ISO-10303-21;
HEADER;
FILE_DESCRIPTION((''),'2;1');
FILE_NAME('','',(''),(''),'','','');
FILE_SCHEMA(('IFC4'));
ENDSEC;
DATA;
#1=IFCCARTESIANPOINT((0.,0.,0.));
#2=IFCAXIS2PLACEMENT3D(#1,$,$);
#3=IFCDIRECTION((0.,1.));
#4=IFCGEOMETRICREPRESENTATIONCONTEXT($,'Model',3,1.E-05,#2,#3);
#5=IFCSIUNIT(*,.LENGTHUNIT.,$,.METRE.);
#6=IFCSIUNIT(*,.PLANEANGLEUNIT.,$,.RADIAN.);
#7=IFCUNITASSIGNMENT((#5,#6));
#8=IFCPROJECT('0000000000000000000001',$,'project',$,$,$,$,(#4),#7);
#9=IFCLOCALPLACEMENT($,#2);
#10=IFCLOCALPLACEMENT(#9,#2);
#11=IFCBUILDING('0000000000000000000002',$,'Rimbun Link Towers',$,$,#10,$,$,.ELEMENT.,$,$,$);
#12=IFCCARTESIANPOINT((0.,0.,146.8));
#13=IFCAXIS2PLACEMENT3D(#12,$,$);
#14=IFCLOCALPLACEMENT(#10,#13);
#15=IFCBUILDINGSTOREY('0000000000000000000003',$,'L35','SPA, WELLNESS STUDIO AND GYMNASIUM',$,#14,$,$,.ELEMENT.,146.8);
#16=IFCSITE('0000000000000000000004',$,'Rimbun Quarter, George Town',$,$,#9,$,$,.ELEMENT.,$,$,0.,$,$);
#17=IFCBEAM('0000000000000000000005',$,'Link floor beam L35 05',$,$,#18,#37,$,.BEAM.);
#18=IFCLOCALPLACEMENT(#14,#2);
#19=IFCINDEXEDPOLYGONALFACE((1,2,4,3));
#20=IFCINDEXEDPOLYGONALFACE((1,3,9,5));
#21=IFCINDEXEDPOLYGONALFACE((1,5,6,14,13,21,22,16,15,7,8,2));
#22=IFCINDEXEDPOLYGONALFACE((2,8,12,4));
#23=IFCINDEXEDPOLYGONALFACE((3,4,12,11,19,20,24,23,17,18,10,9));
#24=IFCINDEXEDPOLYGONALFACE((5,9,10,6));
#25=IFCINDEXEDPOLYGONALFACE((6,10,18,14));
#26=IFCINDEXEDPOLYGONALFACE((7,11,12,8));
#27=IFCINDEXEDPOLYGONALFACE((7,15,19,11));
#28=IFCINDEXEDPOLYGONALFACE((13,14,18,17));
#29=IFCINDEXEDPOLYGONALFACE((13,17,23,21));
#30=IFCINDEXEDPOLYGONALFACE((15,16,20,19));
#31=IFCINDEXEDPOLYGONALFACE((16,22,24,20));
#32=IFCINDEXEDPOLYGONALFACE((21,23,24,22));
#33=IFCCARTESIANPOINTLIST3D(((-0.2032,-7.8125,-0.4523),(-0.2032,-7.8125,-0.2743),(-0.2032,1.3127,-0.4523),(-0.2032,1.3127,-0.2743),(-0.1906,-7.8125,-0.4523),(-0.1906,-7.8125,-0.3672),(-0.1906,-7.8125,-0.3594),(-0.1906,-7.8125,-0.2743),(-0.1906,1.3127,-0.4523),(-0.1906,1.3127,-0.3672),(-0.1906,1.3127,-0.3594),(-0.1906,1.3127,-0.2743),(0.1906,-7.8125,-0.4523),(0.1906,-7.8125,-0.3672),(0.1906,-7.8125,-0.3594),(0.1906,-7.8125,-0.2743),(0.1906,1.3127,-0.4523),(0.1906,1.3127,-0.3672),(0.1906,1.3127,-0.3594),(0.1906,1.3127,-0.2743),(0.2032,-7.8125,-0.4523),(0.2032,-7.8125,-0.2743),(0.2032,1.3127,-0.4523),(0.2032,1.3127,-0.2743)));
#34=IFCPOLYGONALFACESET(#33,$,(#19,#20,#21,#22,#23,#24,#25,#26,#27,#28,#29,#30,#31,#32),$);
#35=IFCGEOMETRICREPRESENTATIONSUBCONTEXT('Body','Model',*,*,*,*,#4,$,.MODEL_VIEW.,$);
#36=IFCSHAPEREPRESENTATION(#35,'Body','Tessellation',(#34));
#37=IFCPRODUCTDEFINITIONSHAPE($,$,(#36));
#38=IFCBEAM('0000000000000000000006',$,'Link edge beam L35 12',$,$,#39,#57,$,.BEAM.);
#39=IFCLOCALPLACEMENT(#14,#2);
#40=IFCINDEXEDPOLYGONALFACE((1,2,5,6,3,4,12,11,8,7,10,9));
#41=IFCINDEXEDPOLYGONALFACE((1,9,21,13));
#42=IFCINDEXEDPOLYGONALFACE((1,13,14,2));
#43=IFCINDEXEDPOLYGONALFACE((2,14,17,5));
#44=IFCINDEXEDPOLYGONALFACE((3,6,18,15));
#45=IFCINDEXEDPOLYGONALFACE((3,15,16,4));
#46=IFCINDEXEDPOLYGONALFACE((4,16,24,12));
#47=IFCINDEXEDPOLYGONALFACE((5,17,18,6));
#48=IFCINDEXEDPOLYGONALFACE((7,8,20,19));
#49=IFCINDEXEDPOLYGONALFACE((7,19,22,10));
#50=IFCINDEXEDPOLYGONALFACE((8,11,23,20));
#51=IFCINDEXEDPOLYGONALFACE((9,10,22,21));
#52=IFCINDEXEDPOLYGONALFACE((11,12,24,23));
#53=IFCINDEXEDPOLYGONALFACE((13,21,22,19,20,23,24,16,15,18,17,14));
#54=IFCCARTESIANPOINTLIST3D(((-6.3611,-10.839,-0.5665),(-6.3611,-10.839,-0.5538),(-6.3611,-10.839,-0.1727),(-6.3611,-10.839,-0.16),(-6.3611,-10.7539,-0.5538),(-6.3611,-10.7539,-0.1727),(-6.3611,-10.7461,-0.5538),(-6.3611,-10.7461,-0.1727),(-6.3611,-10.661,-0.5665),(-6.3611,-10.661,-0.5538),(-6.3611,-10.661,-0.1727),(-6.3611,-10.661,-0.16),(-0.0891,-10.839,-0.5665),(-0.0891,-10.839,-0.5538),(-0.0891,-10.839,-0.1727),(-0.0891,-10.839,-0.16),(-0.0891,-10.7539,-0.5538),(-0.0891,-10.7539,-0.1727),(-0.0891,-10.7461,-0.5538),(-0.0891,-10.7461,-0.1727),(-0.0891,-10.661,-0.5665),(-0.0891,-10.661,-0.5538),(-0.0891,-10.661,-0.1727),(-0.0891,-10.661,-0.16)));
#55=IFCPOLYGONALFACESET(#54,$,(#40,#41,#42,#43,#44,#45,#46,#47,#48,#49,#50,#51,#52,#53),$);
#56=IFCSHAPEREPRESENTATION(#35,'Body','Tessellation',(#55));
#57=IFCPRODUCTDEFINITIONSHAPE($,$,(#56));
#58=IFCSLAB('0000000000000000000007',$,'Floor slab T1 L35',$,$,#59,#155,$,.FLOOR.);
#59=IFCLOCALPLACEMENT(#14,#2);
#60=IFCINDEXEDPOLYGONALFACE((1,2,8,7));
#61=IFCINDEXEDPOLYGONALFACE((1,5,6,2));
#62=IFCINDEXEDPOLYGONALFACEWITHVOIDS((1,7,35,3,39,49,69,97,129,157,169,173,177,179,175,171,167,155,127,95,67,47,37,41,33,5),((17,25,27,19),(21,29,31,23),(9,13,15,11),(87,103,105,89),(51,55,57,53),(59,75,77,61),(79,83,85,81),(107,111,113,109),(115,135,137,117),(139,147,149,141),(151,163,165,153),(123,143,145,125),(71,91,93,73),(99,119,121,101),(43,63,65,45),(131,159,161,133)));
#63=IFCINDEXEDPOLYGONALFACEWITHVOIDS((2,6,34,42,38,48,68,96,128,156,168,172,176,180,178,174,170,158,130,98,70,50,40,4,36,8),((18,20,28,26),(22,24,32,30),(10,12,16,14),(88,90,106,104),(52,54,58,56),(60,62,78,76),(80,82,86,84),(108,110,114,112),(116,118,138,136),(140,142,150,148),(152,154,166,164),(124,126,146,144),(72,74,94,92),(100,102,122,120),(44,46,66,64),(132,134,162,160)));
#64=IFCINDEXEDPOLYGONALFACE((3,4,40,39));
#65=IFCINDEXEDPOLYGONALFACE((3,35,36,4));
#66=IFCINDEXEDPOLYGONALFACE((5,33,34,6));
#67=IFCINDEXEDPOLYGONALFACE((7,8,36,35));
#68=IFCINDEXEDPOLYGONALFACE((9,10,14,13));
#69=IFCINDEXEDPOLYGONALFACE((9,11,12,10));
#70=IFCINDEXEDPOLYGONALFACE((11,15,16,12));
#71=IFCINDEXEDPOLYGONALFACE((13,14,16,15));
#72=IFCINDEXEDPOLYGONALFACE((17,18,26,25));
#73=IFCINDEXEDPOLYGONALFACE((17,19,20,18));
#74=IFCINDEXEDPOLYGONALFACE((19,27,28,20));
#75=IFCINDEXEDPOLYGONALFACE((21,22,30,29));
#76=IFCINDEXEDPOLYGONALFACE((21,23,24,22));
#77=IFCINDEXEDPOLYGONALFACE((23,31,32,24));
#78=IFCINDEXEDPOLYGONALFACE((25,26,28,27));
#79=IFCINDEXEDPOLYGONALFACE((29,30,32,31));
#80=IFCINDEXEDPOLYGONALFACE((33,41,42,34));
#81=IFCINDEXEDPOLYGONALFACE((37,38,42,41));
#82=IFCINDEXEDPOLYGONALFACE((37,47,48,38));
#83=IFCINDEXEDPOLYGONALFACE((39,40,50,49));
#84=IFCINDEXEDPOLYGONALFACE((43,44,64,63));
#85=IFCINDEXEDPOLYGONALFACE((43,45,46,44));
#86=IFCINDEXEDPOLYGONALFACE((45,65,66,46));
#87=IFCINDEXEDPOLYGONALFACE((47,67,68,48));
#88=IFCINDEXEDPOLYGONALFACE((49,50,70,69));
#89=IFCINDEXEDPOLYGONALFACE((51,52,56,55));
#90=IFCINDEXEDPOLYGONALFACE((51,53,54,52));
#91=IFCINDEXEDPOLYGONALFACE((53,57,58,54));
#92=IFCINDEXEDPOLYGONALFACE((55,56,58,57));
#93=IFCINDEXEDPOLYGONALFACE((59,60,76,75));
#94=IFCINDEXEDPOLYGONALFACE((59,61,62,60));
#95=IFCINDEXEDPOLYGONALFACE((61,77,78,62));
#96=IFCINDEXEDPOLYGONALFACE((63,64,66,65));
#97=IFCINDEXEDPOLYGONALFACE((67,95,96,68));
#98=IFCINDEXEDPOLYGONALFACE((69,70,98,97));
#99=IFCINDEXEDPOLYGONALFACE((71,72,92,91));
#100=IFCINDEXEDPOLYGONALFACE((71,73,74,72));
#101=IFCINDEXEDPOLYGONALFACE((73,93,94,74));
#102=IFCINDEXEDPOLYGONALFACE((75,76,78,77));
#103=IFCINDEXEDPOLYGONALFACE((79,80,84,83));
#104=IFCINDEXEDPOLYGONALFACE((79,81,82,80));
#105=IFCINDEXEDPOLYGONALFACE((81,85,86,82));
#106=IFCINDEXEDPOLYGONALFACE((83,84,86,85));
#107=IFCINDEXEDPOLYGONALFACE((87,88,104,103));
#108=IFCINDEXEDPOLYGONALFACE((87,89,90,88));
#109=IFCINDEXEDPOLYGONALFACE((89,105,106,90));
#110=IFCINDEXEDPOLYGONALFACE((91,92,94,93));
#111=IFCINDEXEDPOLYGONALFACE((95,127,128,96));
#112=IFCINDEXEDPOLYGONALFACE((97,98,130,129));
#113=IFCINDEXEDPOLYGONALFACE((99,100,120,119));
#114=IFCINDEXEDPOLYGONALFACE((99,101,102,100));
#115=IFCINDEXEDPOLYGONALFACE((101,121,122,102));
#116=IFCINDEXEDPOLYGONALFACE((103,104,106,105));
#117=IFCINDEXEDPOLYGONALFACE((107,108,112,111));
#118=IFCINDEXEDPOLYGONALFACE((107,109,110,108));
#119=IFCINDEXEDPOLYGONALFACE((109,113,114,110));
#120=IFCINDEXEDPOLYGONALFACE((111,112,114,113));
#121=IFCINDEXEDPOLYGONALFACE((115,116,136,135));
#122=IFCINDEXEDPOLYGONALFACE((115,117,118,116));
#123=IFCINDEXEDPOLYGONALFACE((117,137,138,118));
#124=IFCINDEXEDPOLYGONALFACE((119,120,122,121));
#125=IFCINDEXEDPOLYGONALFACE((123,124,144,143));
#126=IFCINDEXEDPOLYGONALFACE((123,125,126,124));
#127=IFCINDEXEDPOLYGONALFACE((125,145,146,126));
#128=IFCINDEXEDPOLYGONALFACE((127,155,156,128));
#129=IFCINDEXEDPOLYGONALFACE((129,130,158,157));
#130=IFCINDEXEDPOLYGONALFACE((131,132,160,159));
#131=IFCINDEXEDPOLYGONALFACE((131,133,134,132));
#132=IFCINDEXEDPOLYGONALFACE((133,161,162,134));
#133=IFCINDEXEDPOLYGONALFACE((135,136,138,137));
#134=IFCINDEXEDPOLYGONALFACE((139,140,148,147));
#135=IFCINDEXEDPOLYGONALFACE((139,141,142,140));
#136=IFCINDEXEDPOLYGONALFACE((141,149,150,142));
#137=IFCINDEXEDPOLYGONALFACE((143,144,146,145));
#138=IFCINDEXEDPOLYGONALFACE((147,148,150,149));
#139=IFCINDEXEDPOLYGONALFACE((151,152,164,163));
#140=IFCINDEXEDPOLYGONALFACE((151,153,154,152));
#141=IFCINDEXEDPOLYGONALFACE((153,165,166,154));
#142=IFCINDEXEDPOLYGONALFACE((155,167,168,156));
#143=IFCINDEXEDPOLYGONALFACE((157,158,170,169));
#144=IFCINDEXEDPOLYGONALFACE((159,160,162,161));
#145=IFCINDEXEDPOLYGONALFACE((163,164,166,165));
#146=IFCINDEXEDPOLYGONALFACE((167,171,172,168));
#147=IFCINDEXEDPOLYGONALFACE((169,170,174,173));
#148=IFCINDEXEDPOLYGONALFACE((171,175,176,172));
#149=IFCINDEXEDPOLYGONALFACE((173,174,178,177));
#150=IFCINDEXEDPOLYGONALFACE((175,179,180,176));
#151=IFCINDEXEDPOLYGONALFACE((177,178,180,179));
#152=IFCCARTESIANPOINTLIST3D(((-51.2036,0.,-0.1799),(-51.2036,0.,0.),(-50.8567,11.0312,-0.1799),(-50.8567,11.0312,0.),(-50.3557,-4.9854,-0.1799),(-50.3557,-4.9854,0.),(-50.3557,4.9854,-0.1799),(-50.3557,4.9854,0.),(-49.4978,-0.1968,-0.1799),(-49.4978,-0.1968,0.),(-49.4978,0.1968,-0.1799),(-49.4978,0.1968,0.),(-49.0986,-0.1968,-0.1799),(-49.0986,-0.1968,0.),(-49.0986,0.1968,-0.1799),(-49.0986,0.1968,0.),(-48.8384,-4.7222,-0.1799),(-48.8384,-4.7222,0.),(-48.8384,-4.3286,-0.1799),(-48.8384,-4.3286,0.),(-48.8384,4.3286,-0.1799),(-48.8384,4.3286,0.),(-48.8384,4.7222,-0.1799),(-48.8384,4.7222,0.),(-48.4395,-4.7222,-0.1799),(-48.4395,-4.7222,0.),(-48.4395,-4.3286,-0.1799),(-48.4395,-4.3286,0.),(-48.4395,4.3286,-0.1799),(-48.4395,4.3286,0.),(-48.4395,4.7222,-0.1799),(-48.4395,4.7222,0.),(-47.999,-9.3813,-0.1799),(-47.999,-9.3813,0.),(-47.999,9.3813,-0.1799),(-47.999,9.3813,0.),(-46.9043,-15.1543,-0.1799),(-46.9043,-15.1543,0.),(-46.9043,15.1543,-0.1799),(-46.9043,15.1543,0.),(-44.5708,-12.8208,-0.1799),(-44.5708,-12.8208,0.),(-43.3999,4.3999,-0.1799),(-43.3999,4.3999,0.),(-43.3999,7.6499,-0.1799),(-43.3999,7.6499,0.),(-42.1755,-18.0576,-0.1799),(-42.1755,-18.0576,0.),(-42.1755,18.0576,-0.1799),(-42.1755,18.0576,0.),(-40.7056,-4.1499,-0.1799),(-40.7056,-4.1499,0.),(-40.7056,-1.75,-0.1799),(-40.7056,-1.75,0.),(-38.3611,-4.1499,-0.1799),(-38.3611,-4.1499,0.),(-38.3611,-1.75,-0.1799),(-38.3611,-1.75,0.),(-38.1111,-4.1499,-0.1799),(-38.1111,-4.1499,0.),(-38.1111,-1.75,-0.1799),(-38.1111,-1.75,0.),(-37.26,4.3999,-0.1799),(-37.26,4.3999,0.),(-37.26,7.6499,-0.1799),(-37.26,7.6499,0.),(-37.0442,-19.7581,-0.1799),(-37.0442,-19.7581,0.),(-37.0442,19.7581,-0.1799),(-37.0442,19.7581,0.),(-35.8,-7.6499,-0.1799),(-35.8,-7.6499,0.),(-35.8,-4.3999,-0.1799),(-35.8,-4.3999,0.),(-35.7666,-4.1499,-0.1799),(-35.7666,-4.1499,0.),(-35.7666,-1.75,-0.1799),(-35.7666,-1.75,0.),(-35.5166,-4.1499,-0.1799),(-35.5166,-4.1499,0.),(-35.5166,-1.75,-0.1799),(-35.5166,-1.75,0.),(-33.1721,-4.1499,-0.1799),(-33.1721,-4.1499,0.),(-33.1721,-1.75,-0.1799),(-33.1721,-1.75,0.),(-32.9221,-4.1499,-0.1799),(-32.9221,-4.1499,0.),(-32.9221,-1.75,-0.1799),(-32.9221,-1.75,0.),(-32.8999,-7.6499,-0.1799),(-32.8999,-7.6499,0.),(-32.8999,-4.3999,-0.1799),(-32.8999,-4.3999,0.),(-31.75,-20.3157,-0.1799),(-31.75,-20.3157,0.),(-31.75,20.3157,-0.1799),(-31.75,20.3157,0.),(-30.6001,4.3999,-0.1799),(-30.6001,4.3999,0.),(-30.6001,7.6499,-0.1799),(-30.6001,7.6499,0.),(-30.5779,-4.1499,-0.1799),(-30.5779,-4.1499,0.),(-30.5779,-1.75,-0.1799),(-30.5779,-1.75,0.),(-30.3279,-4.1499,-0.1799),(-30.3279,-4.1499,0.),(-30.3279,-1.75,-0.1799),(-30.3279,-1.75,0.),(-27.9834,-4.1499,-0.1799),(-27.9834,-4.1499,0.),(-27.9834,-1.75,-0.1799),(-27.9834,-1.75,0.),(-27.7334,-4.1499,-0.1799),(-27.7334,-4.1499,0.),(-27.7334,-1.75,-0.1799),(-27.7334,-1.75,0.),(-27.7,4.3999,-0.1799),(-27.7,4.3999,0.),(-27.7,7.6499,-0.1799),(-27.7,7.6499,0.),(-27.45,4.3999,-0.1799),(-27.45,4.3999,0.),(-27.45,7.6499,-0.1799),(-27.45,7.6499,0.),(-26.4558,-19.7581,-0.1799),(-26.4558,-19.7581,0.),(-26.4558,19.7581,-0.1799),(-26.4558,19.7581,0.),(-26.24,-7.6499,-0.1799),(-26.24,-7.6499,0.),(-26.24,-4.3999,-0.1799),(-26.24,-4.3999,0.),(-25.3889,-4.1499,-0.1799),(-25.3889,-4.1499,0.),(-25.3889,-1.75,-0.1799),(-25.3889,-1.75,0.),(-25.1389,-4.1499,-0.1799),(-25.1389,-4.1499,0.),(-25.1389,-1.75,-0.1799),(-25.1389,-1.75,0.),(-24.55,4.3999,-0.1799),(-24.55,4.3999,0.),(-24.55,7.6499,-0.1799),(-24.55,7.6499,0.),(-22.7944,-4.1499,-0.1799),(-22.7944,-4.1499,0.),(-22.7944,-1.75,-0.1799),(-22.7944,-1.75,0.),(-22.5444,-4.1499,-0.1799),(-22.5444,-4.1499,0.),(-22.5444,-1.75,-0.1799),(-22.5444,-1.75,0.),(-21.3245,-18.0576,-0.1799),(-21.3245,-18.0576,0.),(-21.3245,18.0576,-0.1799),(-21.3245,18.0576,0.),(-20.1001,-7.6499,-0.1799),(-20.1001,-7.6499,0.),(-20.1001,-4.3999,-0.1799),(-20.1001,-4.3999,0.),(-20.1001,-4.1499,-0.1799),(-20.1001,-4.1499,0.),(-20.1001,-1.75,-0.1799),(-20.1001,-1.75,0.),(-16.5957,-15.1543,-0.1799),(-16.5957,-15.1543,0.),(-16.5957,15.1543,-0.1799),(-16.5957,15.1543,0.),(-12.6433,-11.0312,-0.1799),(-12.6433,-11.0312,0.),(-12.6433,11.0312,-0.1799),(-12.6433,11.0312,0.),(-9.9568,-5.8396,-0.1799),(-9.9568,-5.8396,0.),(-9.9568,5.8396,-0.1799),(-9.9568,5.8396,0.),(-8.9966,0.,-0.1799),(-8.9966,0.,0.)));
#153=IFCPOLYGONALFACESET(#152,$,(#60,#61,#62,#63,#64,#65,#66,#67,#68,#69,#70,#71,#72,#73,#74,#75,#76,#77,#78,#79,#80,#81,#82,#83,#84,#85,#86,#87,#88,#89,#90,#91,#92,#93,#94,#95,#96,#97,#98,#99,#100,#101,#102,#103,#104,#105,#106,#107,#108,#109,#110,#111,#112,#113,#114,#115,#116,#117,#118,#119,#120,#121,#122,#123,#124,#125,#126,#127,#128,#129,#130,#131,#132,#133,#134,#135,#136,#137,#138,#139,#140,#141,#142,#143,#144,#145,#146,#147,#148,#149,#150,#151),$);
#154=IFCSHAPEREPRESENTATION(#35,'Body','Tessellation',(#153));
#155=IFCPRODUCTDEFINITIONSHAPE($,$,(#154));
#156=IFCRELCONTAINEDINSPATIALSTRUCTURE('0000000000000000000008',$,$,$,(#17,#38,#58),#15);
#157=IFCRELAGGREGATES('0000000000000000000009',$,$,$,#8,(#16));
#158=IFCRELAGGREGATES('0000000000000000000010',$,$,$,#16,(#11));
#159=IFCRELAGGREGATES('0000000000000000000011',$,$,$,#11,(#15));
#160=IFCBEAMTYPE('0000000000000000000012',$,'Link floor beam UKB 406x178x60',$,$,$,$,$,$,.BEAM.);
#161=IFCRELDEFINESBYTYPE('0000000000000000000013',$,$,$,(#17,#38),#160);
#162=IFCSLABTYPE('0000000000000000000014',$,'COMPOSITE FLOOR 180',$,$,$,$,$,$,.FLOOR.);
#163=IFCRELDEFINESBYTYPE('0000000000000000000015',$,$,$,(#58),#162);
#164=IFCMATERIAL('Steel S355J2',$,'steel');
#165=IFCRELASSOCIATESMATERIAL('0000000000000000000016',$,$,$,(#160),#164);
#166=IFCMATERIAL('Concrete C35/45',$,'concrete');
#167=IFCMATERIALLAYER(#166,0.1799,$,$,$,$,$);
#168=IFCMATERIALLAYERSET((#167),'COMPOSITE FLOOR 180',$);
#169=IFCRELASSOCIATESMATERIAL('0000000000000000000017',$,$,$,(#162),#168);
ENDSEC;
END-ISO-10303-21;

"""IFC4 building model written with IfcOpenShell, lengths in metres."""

from ifc_helpers import new_model, si_unit, direction, frame, origin, origin_2d, place, context, subcontext, project, spatial, polyline, i_section, outline, extrude, material, layer, layer_set, material_profile, profile_set, type_object, element, save


model = new_model("IFC4")

# Units and contexts
model_context = context("Model", 3, precision=1e-05, world=origin(), true_north=direction((0.0, 1.0)))
body_context = subcontext(model_context, "Body", "Model", "MODEL_VIEW")
ifc_project = project(units=[si_unit("LENGTHUNIT", "METRE"), si_unit("PLANEANGLEUNIT", "RADIAN")], contexts=[model_context])

# Site, building, storey
site_placement = place(None, origin())
site = spatial("IfcSite", under=ifc_project, at=site_placement, Name="Rimbun Quarter, George Town", CompositionType="ELEMENT", RefElevation=0.0)
building_placement = place(site_placement, origin())
building = spatial("IfcBuilding", under=site, at=building_placement, Name="Rimbun Link Towers", CompositionType="ELEMENT")
storey_placement = place(building_placement, frame((0.0, 0.0, 146.8)))
storey = spatial("IfcBuildingStorey", under=building, at=storey_placement, Name="L35", Description="SPA, WELLNESS STUDIO AND GYMNASIUM", CompositionType="ELEMENT", Elevation=146.8)

# Beams
ifc_material_1 = material(Name="Steel S355J2", Category="steel")
ifc_material_profile_1 = material_profile(ifc_material_1, i_section(OverallWidth=0.178, OverallDepth=0.4065, WebThickness=0.0078, FlangeThickness=0.0127, at=origin_2d()), Name="UKB 406x178x60")
ifc_profile_set_1 = profile_set([ifc_material_profile_1], Name="Steel S355J2")
beam_type_1 = type_object("IfcBeamType", Name="Link floor beam UKB 406x178x60", PredefinedType="BEAM", material=ifc_profile_set_1)
beam_1_placement = place(storey_placement, frame((0.0, -7.8125, -0.3633), z_axis=(0.0, 1.0, 0.0), x_axis=(0.0, 0.0, 1.0)))
element("IfcBeam", 1, at=beam_1_placement, inside=storey, type_object=beam_type_1, Name="Link floor beam L35 05", PredefinedType="BEAM", context=body_context, shape_type="SweptSolid", body=[
    extrude(i_section(OverallWidth=0.178, OverallDepth=0.4065, WebThickness=0.0078, FlangeThickness=0.0127, at=origin_2d()), origin(), (0.0, 0.0, 1.0), 9.1252),
])
beam_2_placement = place(storey_placement, frame((-6.3611, -10.75, -0.3633), z_axis=(1.0, 0.0, 0.0), x_axis=(0.0, 1.0, 0.0)))
element("IfcBeam", 2, at=beam_2_placement, inside=storey, type_object=beam_type_1, Name="Link edge beam L35 12", PredefinedType="BEAM", context=body_context, shape_type="SweptSolid", body=[
    extrude(i_section(OverallWidth=0.178, OverallDepth=0.4065, WebThickness=0.0078, FlangeThickness=0.0127, at=origin_2d()), origin(), (0.0, 0.0, 1.0), 6.272),
])

# Slab
ifc_material_2 = material(Name="Concrete C35/45", Category="concrete")
ifc_layer_1 = layer(ifc_material_2, 0.1799)
ifc_layer_set_1 = layer_set([ifc_layer_1], Name="COMPOSITE FLOOR 180")
slab_type = type_object("IfcSlabType", Name="COMPOSITE FLOOR 180", PredefinedType="FLOOR", material=ifc_layer_set_1)
slab_1_placement = place(storey_placement, frame((0.0, 0.0, -0.1799)))
element("IfcSlab", 3, at=slab_1_placement, inside=storey, type_object=slab_type, Name="Floor slab T1 L35", PredefinedType="FLOOR", context=body_context, shape_type="SweptSolid", body=[
    extrude(outline(polyline([(-46.9043, 15.1543), (-42.1755, 18.0576), (-37.0442, 19.7581), (-31.75, 20.3157), (-26.4558, 19.7581), (-21.3245, 18.0576), (-16.5957, 15.1543), (-12.6433, 11.0312), (-9.9568, 5.8396), (-8.9966, 0.0), (-9.9568, -5.8396), (-12.6433, -11.0312), (-16.5957, -15.1543), (-21.3245, -18.0576), (-26.4558, -19.7581), (-31.75, -20.3157), (-37.0442, -19.7581), (-42.1755, -18.0576), (-46.9043, -15.1543), (-44.5708, -12.8208), (-47.999, -9.3813), (-50.3557, -4.9854), (-51.2036, 0.0), (-50.3557, 4.9854), (-47.999, 9.3813), (-50.8567, 11.0312), (-46.9043, 15.1543)]), holes=[polyline([(-32.8999, -7.6499), (-32.8999, -4.3999), (-35.8, -4.3999), (-35.8, -7.6499), (-32.8999, -7.6499)]), polyline([(-48.4395, -4.7222), (-48.4395, -4.3286), (-48.8384, -4.3286), (-48.8384, -4.7222), (-48.4395, -4.7222)]), polyline([(-38.3611, -4.1499), (-38.3611, -1.75), (-40.7056, -1.75), (-40.7056, -4.1499), (-38.3611, -4.1499)]), polyline([(-35.7666, -4.1499), (-35.7666, -1.75), (-38.1111, -1.75), (-38.1111, -4.1499), (-35.7666, -4.1499)]), polyline([(-33.1721, -4.1499), (-33.1721, -1.75), (-35.5166, -1.75), (-35.5166, -4.1499), (-33.1721, -4.1499)]), polyline([(-49.0986, -0.1968), (-49.0986, 0.1968), (-49.4978, 0.1968), (-49.4978, -0.1968), (-49.0986, -0.1968)]), polyline([(-48.4395, 4.3286), (-48.4395, 4.7222), (-48.8384, 4.7222), (-48.8384, 4.3286), (-48.4395, 4.3286)]), polyline([(-37.26, 4.3999), (-37.26, 7.6499), (-43.3999, 7.6499), (-43.3999, 4.3999), (-37.26, 4.3999)]), polyline([(-20.1001, -7.6499), (-20.1001, -4.3999), (-26.24, -4.3999), (-26.24, -7.6499), (-20.1001, -7.6499)]), polyline([(-30.5779, -4.1499), (-30.5779, -1.75), (-32.9221, -1.75), (-32.9221, -4.1499), (-30.5779, -4.1499)]), polyline([(-27.9834, -4.1499), (-27.9834, -1.75), (-30.3279, -1.75), (-30.3279, -4.1499), (-27.9834, -4.1499)]), polyline([(-25.3889, -4.1499), (-25.3889, -1.75), (-27.7334, -1.75), (-27.7334, -4.1499), (-25.3889, -4.1499)]), polyline([(-22.7944, -4.1499), (-22.7944, -1.75), (-25.1389, -1.75), (-25.1389, -4.1499), (-22.7944, -4.1499)]), polyline([(-20.1001, -4.1499), (-20.1001, -1.75), (-22.5444, -1.75), (-22.5444, -4.1499), (-20.1001, -4.1499)]), polyline([(-27.7, 4.3999), (-27.7, 7.6499), (-30.6001, 7.6499), (-30.6001, 4.3999), (-27.7, 4.3999)]), polyline([(-24.55, 4.3999), (-24.55, 7.6499), (-27.45, 7.6499), (-27.45, 4.3999), (-24.55, 4.3999)])]), origin(), (0.0, 0.0, 1.0), 0.1799),
])

save(model, "model.ifc")
